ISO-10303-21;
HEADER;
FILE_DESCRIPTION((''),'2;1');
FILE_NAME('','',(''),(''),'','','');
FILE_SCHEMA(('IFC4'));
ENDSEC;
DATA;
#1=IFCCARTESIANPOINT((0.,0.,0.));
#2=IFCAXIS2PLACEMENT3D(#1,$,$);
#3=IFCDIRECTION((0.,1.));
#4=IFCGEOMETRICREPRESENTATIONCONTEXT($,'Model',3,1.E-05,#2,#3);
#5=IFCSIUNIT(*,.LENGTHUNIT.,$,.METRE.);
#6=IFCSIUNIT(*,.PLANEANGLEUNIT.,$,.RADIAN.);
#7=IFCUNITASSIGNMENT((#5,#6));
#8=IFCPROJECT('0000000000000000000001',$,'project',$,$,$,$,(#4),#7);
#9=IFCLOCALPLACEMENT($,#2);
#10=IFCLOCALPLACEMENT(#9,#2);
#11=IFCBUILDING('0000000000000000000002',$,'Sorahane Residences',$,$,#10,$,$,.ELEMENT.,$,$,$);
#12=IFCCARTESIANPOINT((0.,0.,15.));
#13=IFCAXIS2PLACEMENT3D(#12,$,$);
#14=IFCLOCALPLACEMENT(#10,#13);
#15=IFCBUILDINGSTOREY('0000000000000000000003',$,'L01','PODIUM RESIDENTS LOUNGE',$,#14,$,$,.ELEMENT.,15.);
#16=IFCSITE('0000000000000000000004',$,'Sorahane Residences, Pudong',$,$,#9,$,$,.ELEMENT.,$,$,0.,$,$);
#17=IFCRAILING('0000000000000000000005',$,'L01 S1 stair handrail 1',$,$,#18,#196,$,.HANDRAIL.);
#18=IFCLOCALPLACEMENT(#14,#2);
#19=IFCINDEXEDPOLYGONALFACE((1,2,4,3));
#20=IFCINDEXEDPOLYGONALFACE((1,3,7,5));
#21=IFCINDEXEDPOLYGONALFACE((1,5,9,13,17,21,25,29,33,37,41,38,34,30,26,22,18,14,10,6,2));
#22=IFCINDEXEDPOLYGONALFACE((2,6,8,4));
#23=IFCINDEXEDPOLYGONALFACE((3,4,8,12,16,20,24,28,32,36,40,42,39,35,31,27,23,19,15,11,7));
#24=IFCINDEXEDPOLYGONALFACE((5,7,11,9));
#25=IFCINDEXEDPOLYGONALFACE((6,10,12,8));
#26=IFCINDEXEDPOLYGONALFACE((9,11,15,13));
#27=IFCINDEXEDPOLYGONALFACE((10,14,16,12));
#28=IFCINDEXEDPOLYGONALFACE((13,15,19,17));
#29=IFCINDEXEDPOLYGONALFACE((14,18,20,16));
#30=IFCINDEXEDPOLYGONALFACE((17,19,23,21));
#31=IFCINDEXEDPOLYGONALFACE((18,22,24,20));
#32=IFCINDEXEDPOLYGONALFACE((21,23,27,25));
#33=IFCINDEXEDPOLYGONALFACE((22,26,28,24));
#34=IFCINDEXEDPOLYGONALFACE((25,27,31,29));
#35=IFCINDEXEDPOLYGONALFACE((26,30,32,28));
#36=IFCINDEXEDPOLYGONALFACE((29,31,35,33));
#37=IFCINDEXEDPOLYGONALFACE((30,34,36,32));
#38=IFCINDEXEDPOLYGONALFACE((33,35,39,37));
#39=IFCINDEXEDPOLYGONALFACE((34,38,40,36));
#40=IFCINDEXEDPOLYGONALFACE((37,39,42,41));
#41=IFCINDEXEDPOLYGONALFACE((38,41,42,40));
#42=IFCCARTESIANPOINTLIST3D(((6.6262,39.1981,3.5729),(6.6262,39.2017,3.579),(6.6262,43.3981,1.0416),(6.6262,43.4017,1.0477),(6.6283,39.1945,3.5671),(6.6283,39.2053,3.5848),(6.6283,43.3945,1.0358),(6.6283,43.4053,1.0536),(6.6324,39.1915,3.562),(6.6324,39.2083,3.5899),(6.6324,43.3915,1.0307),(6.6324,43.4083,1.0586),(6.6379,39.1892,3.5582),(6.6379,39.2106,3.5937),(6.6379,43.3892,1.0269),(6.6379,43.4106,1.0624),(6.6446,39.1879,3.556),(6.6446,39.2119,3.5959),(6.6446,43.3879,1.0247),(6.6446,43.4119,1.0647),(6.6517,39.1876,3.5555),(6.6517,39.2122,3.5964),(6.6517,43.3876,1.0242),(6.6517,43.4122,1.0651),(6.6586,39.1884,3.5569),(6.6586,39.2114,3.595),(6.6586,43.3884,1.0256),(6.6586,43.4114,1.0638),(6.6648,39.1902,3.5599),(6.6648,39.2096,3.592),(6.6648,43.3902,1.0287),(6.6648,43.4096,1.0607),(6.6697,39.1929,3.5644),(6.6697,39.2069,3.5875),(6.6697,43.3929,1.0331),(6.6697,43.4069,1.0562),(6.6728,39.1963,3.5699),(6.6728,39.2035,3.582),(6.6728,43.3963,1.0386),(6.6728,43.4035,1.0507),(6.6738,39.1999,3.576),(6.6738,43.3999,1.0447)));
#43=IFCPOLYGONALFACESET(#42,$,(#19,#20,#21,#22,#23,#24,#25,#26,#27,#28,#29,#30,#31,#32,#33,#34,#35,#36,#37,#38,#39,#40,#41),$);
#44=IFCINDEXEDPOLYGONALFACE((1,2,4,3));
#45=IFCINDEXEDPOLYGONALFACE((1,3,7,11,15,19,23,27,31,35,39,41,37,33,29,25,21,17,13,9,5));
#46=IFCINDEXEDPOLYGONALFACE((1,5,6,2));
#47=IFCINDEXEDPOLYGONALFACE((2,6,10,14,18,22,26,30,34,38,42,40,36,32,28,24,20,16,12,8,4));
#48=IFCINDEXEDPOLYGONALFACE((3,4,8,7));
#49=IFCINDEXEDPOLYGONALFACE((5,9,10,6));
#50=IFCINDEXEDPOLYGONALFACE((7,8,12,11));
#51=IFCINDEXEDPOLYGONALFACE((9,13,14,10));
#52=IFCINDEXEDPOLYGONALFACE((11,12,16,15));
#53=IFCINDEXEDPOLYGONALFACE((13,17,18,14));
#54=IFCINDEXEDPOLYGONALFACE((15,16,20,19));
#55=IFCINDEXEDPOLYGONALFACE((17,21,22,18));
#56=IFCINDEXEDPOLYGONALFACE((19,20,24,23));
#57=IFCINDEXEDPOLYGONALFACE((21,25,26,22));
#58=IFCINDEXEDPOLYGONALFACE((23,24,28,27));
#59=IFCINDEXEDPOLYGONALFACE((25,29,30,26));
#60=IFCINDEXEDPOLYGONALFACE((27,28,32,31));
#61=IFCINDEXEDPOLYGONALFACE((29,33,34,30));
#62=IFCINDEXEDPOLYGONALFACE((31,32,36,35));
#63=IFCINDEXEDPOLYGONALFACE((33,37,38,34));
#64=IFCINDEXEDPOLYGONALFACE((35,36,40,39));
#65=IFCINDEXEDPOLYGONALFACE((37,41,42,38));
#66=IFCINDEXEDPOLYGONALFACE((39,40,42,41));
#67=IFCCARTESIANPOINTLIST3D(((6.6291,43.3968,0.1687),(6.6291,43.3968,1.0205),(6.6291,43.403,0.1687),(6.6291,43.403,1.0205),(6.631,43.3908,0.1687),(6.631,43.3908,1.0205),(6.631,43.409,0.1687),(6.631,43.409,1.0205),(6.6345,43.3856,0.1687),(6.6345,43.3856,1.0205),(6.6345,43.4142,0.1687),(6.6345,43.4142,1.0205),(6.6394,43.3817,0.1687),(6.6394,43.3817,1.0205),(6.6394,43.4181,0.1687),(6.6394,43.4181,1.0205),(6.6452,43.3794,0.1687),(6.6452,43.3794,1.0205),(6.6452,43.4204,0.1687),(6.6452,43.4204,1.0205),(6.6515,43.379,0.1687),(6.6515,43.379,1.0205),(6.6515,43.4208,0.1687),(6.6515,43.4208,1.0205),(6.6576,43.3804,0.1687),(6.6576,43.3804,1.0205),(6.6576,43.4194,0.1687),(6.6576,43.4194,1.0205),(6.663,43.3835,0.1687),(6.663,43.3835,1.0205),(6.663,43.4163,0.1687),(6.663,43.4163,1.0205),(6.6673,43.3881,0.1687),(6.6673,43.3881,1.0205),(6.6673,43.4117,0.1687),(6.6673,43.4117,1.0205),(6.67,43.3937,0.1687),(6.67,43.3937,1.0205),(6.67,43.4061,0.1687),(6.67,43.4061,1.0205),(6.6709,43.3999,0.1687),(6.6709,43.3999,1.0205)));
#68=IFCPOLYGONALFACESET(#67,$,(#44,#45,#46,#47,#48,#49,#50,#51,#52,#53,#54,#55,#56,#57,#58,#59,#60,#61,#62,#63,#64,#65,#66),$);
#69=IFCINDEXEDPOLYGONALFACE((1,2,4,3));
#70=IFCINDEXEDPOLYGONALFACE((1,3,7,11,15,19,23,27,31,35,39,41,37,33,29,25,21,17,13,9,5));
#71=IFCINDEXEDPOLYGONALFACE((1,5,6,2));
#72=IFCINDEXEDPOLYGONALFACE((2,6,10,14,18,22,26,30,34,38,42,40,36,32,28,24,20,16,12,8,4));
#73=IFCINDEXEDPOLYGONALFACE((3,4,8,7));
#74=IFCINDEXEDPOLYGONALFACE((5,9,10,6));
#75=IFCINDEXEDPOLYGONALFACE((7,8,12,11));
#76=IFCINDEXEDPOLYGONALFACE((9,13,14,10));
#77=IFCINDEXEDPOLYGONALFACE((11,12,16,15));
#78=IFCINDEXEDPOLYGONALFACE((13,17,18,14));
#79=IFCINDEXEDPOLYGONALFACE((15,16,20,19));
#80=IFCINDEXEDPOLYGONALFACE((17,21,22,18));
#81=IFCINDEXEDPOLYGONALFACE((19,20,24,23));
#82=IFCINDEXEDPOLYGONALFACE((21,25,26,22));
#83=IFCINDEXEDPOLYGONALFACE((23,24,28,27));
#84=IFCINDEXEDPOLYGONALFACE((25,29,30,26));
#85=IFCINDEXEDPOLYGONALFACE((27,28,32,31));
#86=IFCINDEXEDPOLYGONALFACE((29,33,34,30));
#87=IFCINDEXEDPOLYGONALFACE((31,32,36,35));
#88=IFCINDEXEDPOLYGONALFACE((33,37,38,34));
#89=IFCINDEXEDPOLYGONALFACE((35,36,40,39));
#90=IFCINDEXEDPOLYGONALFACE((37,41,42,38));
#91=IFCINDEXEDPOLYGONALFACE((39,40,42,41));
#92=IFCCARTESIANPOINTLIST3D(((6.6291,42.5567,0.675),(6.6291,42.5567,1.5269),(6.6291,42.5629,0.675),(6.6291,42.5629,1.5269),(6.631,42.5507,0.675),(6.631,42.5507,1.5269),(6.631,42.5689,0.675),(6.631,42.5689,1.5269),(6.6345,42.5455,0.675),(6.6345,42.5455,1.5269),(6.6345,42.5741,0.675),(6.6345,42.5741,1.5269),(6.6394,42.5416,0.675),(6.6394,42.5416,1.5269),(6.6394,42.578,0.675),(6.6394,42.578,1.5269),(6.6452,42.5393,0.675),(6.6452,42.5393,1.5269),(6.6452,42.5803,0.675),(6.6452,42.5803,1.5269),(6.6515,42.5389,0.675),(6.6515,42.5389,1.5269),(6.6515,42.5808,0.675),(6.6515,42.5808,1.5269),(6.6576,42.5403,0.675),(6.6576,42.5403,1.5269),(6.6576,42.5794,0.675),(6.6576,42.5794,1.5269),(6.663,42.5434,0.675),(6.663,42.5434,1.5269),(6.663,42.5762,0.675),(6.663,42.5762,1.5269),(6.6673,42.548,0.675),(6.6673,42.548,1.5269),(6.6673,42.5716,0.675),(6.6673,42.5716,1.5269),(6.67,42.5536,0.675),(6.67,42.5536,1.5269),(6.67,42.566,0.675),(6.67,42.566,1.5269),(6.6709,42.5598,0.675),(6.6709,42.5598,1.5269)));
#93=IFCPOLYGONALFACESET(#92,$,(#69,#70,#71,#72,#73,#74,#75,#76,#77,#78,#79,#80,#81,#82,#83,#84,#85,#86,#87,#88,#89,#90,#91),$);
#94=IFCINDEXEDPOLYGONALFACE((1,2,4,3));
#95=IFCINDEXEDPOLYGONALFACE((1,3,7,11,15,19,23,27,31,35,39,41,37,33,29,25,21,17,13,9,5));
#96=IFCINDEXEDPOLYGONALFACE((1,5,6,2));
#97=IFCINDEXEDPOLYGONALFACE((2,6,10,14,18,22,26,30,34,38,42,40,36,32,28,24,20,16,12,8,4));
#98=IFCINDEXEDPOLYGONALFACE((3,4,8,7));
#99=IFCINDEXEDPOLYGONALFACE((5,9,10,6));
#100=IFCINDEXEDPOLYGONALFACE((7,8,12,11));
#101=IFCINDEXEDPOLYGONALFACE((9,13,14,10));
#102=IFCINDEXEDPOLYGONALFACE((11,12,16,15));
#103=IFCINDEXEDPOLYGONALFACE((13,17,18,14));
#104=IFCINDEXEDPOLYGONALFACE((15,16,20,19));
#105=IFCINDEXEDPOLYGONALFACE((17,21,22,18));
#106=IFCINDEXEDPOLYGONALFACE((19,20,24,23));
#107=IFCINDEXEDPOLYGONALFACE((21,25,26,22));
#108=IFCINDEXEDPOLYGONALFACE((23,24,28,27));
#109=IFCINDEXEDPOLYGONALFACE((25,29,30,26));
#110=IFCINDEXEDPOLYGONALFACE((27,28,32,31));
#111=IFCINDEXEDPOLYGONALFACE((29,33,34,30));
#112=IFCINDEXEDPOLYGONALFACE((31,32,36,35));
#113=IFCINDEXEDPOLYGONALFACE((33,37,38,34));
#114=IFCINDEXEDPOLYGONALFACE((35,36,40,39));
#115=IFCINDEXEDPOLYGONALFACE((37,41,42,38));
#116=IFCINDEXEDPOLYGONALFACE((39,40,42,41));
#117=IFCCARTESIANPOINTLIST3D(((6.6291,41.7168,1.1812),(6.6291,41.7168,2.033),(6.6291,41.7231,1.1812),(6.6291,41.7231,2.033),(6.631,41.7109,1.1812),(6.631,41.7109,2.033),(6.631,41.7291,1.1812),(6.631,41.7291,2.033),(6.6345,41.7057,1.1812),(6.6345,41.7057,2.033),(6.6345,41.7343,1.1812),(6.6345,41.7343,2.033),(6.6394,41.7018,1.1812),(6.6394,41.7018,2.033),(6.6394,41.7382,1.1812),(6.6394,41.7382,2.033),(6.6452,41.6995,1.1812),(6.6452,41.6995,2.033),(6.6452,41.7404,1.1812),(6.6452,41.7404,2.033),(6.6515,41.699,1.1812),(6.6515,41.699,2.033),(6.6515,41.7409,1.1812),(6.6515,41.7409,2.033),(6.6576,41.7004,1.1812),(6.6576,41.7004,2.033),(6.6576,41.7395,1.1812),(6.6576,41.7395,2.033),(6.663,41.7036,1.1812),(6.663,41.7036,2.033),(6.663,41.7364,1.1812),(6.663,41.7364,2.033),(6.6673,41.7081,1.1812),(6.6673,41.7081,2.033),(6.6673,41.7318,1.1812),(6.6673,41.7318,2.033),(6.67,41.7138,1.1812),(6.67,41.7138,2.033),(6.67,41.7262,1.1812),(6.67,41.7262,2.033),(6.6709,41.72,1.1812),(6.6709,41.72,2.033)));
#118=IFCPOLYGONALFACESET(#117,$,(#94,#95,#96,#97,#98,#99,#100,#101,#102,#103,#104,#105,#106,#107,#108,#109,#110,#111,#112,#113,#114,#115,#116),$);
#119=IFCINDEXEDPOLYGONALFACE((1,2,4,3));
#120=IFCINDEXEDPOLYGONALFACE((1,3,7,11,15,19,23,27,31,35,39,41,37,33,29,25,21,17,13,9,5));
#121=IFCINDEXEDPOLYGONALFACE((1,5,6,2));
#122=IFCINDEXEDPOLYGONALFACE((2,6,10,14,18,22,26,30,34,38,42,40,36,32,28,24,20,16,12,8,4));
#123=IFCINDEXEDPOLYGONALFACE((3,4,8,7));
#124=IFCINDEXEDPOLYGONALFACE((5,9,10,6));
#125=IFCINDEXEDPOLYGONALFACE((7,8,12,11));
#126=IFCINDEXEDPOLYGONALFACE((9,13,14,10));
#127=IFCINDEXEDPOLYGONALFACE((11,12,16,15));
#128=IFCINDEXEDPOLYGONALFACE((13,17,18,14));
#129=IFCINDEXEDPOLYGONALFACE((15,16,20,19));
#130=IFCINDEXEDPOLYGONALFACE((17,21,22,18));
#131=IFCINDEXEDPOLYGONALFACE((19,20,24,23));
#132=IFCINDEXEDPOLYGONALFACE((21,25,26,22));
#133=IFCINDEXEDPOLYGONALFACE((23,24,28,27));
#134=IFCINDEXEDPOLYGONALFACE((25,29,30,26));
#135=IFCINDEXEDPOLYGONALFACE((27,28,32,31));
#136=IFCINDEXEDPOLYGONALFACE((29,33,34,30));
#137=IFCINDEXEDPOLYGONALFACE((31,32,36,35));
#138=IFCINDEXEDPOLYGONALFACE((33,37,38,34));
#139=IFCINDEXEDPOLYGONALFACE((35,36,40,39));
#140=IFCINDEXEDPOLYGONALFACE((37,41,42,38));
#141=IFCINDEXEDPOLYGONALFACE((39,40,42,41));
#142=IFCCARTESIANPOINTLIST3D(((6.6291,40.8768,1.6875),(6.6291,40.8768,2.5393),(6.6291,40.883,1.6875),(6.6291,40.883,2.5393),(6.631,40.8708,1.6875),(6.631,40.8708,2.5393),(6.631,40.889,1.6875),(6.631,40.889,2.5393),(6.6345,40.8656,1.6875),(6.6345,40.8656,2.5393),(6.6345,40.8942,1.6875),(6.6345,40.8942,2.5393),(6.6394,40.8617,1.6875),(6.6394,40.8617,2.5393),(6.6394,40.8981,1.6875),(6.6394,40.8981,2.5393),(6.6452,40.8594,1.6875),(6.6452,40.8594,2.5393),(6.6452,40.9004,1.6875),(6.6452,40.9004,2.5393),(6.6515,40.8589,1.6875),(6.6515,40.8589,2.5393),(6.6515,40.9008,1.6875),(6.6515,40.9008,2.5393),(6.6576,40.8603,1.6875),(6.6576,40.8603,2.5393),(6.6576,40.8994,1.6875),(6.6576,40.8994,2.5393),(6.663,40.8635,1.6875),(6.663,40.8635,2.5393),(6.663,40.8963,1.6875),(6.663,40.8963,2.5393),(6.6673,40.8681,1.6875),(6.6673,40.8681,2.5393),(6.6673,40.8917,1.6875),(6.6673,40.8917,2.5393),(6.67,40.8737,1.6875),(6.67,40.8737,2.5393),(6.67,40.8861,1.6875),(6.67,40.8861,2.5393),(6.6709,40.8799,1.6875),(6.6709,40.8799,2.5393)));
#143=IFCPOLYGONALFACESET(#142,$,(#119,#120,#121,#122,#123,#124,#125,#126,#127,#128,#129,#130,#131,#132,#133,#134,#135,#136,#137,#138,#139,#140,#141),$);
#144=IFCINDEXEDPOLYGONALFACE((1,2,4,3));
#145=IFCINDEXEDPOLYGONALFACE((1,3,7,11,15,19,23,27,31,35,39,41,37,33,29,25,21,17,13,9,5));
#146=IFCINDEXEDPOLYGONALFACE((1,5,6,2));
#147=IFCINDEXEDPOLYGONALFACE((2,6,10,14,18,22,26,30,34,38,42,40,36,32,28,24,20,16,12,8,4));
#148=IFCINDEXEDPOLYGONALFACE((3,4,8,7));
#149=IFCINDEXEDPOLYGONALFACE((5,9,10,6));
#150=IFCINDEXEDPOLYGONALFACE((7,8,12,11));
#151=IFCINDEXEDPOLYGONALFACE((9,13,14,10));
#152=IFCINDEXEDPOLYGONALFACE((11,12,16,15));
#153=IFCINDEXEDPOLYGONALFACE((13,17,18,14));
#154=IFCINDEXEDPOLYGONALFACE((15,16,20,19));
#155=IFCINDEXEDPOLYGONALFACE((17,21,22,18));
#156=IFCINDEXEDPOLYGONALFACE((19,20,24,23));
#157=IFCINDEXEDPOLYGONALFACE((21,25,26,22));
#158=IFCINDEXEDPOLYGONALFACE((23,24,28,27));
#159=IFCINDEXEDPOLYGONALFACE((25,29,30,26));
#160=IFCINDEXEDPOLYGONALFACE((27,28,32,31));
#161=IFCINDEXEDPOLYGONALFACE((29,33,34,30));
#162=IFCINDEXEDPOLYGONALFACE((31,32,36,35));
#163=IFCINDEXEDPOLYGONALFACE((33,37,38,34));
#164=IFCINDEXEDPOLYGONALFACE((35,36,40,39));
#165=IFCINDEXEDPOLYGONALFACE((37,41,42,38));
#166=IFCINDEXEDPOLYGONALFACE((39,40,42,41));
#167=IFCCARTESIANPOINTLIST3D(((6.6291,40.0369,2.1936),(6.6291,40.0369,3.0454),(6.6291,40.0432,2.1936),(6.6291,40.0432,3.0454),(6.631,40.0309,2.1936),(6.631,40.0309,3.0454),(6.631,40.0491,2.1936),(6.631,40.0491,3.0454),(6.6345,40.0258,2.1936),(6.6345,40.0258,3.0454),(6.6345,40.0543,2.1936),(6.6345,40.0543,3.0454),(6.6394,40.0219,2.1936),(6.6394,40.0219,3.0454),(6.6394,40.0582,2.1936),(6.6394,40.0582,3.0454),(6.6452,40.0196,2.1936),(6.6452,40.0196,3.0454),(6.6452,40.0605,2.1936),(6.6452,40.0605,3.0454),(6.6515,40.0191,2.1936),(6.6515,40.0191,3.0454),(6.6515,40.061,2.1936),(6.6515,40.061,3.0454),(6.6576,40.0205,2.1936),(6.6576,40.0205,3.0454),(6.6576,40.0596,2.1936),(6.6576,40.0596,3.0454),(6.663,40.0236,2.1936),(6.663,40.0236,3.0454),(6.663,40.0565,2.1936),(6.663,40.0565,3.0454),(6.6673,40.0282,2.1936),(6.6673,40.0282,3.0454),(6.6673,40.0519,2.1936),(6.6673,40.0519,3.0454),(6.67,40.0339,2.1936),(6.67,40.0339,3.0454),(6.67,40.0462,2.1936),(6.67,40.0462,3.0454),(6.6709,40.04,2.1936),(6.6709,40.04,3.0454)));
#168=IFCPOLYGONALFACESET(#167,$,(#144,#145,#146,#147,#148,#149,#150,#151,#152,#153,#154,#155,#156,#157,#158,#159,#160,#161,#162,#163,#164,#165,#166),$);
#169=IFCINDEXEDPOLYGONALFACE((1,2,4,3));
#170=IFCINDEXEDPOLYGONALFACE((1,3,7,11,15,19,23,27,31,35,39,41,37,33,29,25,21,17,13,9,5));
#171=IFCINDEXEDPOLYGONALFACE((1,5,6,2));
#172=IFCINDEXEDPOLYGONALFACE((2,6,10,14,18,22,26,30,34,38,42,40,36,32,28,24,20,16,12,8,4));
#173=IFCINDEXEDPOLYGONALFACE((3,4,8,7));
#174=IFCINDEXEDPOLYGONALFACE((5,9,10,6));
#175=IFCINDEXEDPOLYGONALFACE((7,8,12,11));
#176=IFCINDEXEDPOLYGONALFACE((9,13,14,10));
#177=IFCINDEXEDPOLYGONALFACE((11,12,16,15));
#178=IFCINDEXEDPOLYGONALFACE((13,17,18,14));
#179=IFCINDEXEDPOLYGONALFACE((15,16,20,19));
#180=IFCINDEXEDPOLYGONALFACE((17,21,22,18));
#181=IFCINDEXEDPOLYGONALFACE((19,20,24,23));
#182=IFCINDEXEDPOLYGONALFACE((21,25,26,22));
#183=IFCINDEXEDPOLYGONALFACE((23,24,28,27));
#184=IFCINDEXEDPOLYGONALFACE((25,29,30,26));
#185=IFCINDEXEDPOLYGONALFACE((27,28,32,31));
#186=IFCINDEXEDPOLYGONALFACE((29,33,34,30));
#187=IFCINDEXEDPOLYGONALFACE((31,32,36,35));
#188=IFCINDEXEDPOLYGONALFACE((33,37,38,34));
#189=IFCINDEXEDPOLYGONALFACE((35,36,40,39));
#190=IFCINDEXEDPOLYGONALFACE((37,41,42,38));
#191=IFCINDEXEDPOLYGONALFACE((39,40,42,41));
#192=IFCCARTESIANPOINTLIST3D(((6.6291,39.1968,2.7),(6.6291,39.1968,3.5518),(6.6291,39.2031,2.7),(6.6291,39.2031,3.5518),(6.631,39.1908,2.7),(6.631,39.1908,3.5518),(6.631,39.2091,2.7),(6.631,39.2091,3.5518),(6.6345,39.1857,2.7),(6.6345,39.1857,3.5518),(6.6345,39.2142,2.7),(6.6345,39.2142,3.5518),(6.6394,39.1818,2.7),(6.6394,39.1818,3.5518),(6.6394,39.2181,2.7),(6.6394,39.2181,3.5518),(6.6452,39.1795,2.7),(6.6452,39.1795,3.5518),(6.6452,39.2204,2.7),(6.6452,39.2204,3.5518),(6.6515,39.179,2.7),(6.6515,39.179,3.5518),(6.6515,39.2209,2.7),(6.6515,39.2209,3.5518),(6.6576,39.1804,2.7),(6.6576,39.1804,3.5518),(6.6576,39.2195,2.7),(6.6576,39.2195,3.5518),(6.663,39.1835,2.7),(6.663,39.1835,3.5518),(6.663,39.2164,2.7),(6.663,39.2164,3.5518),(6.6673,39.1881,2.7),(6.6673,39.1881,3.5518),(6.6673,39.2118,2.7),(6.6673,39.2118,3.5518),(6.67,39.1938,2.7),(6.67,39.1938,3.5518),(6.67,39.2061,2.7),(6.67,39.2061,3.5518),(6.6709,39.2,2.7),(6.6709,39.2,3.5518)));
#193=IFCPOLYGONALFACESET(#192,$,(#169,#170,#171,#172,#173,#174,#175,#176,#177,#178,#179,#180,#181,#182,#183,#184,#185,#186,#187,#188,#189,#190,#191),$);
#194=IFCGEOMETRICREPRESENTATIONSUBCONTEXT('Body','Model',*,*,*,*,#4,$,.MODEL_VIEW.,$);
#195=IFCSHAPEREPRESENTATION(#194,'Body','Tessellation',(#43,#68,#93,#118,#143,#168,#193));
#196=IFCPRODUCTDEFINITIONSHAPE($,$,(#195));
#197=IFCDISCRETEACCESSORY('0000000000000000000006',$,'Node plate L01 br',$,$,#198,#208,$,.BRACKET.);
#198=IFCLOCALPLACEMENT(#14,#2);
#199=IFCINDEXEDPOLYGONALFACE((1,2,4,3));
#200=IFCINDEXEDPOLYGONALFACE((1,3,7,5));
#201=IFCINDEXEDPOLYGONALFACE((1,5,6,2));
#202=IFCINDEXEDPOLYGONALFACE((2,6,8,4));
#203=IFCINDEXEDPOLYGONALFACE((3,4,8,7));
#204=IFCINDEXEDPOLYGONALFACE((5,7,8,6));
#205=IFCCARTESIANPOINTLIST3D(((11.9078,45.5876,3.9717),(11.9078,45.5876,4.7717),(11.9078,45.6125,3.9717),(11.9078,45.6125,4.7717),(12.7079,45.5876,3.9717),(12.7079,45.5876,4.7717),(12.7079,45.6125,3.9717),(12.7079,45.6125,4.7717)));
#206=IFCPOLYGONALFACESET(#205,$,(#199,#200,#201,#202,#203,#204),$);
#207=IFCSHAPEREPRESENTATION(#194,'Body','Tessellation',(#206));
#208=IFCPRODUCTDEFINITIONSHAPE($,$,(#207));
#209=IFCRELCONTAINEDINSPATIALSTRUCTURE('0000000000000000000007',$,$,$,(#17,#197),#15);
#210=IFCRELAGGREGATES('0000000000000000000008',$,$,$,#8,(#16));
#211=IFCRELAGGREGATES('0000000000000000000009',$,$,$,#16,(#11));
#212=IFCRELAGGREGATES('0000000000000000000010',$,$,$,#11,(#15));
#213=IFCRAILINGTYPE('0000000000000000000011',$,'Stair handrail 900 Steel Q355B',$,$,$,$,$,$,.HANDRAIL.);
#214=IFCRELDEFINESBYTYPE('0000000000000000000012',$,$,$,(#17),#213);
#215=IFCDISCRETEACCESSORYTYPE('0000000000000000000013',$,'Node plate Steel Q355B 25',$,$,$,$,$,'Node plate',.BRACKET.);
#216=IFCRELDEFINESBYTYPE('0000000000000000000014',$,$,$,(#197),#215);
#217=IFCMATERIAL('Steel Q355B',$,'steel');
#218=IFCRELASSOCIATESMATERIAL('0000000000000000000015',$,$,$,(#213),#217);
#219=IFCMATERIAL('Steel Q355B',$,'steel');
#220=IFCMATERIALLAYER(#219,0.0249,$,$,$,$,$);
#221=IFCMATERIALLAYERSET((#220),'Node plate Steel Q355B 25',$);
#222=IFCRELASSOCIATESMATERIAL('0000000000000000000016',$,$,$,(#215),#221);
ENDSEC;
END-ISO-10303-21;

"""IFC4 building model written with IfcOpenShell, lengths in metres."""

from ifc_helpers import new_model, si_unit, direction, frame, origin, origin_2d, place, context, subcontext, project, spatial, rectangle, circle, extrude, material, layer, layer_set, type_object, element, save


model = new_model("IFC4")

# Units and contexts
model_context = context("Model", 3, precision=1e-05, world=origin(), true_north=direction((0.0, 1.0)))
body_context = subcontext(model_context, "Body", "Model", "MODEL_VIEW")
ifc_project = project(units=[si_unit("LENGTHUNIT", "METRE"), si_unit("PLANEANGLEUNIT", "RADIAN")], contexts=[model_context])

# Site, building, storey
site_placement = place(None, origin())
site = spatial("IfcSite", under=ifc_project, at=site_placement, Name="Sorahane Residences, Pudong", CompositionType="ELEMENT", RefElevation=0.0)
building_placement = place(site_placement, origin())
building = spatial("IfcBuilding", under=site, at=building_placement, Name="Sorahane Residences", CompositionType="ELEMENT")
storey_placement = place(building_placement, frame((0.0, 0.0, 15.0)))
storey = spatial("IfcBuildingStorey", under=building, at=storey_placement, Name="L01", Description="PODIUM RESIDENTS LOUNGE", CompositionType="ELEMENT", Elevation=15.0)

# Railing
ifc_material_1 = material(Name="Steel Q355B", Category="steel")
railing_type_1 = type_object("IfcRailingType", Name="Stair handrail 900 Steel Q355B", PredefinedType="HANDRAIL", material=ifc_material_1)
railing_1_placement = place(storey_placement, frame((6.6499, 43.3999, 0.1687)))
element("IfcRailing", 1, at=railing_1_placement, inside=storey, type_object=railing_type_1, Name="L01 S1 stair handrail 1", PredefinedType="HANDRAIL", context=body_context, shape_type="SweptSolid", body=[
    extrude(circle(Radius=0.0239, at=origin_2d()), frame((0.0, 0.0, 0.876), z_axis=(0.0, -0.856476, 0.516186), x_axis=(1.0, 0.0, 0.0)), (0.0, 0.0, 1.0), 4.9038),
    extrude(circle(Radius=0.021, at=origin_2d()), origin(), (0.0, 0.0, 1.0), 0.8518),
    extrude(circle(Radius=0.021, at=origin_2d()), frame((0.0, -0.8401, 0.5063)), (0.0, 0.0, 1.0), 0.8518),
    extrude(circle(Radius=0.021, at=origin_2d()), frame((0.0, -1.6799, 1.0125)), (0.0, 0.0, 1.0), 0.8518),
    extrude(circle(Radius=0.021, at=origin_2d()), frame((0.0, -2.52, 1.5188)), (0.0, 0.0, 1.0), 0.8518),
    extrude(circle(Radius=0.021, at=origin_2d()), frame((0.0, -3.3599, 2.0249)), (0.0, 0.0, 1.0), 0.8518),
    extrude(circle(Radius=0.021, at=origin_2d()), frame((0.0, -4.2, 2.5312)), (0.0, 0.0, 1.0), 0.8518),
])

# Discrete accessory
ifc_material_2 = material(Name="Steel Q355B", Category="steel")
ifc_layer_1 = layer(ifc_material_2, 0.0249)
ifc_layer_set_1 = layer_set([ifc_layer_1], Name="Node plate Steel Q355B 25")
discrete_accessory_type = type_object("IfcDiscreteAccessoryType", Name="Node plate Steel Q355B 25", ElementType="Node plate", PredefinedType="BRACKET", material=ifc_layer_set_1)
discrete_accessory_placement = place(storey_placement, frame((12.3079, 45.6001, 3.9717), z_axis=(0.0, 0.0, 1.0), x_axis=(1.0, 0.0, 0.0)))
element("IfcDiscreteAccessory", 2, at=discrete_accessory_placement, inside=storey, type_object=discrete_accessory_type, Name="Node plate L01 br", PredefinedType="BRACKET", context=body_context, shape_type="SweptSolid", body=[
    extrude(rectangle(XDim=0.8, YDim=0.0249, at=origin_2d()), origin(), (0.0, 0.0, 1.0), 0.8),
])

save(model, "model.ifc")
